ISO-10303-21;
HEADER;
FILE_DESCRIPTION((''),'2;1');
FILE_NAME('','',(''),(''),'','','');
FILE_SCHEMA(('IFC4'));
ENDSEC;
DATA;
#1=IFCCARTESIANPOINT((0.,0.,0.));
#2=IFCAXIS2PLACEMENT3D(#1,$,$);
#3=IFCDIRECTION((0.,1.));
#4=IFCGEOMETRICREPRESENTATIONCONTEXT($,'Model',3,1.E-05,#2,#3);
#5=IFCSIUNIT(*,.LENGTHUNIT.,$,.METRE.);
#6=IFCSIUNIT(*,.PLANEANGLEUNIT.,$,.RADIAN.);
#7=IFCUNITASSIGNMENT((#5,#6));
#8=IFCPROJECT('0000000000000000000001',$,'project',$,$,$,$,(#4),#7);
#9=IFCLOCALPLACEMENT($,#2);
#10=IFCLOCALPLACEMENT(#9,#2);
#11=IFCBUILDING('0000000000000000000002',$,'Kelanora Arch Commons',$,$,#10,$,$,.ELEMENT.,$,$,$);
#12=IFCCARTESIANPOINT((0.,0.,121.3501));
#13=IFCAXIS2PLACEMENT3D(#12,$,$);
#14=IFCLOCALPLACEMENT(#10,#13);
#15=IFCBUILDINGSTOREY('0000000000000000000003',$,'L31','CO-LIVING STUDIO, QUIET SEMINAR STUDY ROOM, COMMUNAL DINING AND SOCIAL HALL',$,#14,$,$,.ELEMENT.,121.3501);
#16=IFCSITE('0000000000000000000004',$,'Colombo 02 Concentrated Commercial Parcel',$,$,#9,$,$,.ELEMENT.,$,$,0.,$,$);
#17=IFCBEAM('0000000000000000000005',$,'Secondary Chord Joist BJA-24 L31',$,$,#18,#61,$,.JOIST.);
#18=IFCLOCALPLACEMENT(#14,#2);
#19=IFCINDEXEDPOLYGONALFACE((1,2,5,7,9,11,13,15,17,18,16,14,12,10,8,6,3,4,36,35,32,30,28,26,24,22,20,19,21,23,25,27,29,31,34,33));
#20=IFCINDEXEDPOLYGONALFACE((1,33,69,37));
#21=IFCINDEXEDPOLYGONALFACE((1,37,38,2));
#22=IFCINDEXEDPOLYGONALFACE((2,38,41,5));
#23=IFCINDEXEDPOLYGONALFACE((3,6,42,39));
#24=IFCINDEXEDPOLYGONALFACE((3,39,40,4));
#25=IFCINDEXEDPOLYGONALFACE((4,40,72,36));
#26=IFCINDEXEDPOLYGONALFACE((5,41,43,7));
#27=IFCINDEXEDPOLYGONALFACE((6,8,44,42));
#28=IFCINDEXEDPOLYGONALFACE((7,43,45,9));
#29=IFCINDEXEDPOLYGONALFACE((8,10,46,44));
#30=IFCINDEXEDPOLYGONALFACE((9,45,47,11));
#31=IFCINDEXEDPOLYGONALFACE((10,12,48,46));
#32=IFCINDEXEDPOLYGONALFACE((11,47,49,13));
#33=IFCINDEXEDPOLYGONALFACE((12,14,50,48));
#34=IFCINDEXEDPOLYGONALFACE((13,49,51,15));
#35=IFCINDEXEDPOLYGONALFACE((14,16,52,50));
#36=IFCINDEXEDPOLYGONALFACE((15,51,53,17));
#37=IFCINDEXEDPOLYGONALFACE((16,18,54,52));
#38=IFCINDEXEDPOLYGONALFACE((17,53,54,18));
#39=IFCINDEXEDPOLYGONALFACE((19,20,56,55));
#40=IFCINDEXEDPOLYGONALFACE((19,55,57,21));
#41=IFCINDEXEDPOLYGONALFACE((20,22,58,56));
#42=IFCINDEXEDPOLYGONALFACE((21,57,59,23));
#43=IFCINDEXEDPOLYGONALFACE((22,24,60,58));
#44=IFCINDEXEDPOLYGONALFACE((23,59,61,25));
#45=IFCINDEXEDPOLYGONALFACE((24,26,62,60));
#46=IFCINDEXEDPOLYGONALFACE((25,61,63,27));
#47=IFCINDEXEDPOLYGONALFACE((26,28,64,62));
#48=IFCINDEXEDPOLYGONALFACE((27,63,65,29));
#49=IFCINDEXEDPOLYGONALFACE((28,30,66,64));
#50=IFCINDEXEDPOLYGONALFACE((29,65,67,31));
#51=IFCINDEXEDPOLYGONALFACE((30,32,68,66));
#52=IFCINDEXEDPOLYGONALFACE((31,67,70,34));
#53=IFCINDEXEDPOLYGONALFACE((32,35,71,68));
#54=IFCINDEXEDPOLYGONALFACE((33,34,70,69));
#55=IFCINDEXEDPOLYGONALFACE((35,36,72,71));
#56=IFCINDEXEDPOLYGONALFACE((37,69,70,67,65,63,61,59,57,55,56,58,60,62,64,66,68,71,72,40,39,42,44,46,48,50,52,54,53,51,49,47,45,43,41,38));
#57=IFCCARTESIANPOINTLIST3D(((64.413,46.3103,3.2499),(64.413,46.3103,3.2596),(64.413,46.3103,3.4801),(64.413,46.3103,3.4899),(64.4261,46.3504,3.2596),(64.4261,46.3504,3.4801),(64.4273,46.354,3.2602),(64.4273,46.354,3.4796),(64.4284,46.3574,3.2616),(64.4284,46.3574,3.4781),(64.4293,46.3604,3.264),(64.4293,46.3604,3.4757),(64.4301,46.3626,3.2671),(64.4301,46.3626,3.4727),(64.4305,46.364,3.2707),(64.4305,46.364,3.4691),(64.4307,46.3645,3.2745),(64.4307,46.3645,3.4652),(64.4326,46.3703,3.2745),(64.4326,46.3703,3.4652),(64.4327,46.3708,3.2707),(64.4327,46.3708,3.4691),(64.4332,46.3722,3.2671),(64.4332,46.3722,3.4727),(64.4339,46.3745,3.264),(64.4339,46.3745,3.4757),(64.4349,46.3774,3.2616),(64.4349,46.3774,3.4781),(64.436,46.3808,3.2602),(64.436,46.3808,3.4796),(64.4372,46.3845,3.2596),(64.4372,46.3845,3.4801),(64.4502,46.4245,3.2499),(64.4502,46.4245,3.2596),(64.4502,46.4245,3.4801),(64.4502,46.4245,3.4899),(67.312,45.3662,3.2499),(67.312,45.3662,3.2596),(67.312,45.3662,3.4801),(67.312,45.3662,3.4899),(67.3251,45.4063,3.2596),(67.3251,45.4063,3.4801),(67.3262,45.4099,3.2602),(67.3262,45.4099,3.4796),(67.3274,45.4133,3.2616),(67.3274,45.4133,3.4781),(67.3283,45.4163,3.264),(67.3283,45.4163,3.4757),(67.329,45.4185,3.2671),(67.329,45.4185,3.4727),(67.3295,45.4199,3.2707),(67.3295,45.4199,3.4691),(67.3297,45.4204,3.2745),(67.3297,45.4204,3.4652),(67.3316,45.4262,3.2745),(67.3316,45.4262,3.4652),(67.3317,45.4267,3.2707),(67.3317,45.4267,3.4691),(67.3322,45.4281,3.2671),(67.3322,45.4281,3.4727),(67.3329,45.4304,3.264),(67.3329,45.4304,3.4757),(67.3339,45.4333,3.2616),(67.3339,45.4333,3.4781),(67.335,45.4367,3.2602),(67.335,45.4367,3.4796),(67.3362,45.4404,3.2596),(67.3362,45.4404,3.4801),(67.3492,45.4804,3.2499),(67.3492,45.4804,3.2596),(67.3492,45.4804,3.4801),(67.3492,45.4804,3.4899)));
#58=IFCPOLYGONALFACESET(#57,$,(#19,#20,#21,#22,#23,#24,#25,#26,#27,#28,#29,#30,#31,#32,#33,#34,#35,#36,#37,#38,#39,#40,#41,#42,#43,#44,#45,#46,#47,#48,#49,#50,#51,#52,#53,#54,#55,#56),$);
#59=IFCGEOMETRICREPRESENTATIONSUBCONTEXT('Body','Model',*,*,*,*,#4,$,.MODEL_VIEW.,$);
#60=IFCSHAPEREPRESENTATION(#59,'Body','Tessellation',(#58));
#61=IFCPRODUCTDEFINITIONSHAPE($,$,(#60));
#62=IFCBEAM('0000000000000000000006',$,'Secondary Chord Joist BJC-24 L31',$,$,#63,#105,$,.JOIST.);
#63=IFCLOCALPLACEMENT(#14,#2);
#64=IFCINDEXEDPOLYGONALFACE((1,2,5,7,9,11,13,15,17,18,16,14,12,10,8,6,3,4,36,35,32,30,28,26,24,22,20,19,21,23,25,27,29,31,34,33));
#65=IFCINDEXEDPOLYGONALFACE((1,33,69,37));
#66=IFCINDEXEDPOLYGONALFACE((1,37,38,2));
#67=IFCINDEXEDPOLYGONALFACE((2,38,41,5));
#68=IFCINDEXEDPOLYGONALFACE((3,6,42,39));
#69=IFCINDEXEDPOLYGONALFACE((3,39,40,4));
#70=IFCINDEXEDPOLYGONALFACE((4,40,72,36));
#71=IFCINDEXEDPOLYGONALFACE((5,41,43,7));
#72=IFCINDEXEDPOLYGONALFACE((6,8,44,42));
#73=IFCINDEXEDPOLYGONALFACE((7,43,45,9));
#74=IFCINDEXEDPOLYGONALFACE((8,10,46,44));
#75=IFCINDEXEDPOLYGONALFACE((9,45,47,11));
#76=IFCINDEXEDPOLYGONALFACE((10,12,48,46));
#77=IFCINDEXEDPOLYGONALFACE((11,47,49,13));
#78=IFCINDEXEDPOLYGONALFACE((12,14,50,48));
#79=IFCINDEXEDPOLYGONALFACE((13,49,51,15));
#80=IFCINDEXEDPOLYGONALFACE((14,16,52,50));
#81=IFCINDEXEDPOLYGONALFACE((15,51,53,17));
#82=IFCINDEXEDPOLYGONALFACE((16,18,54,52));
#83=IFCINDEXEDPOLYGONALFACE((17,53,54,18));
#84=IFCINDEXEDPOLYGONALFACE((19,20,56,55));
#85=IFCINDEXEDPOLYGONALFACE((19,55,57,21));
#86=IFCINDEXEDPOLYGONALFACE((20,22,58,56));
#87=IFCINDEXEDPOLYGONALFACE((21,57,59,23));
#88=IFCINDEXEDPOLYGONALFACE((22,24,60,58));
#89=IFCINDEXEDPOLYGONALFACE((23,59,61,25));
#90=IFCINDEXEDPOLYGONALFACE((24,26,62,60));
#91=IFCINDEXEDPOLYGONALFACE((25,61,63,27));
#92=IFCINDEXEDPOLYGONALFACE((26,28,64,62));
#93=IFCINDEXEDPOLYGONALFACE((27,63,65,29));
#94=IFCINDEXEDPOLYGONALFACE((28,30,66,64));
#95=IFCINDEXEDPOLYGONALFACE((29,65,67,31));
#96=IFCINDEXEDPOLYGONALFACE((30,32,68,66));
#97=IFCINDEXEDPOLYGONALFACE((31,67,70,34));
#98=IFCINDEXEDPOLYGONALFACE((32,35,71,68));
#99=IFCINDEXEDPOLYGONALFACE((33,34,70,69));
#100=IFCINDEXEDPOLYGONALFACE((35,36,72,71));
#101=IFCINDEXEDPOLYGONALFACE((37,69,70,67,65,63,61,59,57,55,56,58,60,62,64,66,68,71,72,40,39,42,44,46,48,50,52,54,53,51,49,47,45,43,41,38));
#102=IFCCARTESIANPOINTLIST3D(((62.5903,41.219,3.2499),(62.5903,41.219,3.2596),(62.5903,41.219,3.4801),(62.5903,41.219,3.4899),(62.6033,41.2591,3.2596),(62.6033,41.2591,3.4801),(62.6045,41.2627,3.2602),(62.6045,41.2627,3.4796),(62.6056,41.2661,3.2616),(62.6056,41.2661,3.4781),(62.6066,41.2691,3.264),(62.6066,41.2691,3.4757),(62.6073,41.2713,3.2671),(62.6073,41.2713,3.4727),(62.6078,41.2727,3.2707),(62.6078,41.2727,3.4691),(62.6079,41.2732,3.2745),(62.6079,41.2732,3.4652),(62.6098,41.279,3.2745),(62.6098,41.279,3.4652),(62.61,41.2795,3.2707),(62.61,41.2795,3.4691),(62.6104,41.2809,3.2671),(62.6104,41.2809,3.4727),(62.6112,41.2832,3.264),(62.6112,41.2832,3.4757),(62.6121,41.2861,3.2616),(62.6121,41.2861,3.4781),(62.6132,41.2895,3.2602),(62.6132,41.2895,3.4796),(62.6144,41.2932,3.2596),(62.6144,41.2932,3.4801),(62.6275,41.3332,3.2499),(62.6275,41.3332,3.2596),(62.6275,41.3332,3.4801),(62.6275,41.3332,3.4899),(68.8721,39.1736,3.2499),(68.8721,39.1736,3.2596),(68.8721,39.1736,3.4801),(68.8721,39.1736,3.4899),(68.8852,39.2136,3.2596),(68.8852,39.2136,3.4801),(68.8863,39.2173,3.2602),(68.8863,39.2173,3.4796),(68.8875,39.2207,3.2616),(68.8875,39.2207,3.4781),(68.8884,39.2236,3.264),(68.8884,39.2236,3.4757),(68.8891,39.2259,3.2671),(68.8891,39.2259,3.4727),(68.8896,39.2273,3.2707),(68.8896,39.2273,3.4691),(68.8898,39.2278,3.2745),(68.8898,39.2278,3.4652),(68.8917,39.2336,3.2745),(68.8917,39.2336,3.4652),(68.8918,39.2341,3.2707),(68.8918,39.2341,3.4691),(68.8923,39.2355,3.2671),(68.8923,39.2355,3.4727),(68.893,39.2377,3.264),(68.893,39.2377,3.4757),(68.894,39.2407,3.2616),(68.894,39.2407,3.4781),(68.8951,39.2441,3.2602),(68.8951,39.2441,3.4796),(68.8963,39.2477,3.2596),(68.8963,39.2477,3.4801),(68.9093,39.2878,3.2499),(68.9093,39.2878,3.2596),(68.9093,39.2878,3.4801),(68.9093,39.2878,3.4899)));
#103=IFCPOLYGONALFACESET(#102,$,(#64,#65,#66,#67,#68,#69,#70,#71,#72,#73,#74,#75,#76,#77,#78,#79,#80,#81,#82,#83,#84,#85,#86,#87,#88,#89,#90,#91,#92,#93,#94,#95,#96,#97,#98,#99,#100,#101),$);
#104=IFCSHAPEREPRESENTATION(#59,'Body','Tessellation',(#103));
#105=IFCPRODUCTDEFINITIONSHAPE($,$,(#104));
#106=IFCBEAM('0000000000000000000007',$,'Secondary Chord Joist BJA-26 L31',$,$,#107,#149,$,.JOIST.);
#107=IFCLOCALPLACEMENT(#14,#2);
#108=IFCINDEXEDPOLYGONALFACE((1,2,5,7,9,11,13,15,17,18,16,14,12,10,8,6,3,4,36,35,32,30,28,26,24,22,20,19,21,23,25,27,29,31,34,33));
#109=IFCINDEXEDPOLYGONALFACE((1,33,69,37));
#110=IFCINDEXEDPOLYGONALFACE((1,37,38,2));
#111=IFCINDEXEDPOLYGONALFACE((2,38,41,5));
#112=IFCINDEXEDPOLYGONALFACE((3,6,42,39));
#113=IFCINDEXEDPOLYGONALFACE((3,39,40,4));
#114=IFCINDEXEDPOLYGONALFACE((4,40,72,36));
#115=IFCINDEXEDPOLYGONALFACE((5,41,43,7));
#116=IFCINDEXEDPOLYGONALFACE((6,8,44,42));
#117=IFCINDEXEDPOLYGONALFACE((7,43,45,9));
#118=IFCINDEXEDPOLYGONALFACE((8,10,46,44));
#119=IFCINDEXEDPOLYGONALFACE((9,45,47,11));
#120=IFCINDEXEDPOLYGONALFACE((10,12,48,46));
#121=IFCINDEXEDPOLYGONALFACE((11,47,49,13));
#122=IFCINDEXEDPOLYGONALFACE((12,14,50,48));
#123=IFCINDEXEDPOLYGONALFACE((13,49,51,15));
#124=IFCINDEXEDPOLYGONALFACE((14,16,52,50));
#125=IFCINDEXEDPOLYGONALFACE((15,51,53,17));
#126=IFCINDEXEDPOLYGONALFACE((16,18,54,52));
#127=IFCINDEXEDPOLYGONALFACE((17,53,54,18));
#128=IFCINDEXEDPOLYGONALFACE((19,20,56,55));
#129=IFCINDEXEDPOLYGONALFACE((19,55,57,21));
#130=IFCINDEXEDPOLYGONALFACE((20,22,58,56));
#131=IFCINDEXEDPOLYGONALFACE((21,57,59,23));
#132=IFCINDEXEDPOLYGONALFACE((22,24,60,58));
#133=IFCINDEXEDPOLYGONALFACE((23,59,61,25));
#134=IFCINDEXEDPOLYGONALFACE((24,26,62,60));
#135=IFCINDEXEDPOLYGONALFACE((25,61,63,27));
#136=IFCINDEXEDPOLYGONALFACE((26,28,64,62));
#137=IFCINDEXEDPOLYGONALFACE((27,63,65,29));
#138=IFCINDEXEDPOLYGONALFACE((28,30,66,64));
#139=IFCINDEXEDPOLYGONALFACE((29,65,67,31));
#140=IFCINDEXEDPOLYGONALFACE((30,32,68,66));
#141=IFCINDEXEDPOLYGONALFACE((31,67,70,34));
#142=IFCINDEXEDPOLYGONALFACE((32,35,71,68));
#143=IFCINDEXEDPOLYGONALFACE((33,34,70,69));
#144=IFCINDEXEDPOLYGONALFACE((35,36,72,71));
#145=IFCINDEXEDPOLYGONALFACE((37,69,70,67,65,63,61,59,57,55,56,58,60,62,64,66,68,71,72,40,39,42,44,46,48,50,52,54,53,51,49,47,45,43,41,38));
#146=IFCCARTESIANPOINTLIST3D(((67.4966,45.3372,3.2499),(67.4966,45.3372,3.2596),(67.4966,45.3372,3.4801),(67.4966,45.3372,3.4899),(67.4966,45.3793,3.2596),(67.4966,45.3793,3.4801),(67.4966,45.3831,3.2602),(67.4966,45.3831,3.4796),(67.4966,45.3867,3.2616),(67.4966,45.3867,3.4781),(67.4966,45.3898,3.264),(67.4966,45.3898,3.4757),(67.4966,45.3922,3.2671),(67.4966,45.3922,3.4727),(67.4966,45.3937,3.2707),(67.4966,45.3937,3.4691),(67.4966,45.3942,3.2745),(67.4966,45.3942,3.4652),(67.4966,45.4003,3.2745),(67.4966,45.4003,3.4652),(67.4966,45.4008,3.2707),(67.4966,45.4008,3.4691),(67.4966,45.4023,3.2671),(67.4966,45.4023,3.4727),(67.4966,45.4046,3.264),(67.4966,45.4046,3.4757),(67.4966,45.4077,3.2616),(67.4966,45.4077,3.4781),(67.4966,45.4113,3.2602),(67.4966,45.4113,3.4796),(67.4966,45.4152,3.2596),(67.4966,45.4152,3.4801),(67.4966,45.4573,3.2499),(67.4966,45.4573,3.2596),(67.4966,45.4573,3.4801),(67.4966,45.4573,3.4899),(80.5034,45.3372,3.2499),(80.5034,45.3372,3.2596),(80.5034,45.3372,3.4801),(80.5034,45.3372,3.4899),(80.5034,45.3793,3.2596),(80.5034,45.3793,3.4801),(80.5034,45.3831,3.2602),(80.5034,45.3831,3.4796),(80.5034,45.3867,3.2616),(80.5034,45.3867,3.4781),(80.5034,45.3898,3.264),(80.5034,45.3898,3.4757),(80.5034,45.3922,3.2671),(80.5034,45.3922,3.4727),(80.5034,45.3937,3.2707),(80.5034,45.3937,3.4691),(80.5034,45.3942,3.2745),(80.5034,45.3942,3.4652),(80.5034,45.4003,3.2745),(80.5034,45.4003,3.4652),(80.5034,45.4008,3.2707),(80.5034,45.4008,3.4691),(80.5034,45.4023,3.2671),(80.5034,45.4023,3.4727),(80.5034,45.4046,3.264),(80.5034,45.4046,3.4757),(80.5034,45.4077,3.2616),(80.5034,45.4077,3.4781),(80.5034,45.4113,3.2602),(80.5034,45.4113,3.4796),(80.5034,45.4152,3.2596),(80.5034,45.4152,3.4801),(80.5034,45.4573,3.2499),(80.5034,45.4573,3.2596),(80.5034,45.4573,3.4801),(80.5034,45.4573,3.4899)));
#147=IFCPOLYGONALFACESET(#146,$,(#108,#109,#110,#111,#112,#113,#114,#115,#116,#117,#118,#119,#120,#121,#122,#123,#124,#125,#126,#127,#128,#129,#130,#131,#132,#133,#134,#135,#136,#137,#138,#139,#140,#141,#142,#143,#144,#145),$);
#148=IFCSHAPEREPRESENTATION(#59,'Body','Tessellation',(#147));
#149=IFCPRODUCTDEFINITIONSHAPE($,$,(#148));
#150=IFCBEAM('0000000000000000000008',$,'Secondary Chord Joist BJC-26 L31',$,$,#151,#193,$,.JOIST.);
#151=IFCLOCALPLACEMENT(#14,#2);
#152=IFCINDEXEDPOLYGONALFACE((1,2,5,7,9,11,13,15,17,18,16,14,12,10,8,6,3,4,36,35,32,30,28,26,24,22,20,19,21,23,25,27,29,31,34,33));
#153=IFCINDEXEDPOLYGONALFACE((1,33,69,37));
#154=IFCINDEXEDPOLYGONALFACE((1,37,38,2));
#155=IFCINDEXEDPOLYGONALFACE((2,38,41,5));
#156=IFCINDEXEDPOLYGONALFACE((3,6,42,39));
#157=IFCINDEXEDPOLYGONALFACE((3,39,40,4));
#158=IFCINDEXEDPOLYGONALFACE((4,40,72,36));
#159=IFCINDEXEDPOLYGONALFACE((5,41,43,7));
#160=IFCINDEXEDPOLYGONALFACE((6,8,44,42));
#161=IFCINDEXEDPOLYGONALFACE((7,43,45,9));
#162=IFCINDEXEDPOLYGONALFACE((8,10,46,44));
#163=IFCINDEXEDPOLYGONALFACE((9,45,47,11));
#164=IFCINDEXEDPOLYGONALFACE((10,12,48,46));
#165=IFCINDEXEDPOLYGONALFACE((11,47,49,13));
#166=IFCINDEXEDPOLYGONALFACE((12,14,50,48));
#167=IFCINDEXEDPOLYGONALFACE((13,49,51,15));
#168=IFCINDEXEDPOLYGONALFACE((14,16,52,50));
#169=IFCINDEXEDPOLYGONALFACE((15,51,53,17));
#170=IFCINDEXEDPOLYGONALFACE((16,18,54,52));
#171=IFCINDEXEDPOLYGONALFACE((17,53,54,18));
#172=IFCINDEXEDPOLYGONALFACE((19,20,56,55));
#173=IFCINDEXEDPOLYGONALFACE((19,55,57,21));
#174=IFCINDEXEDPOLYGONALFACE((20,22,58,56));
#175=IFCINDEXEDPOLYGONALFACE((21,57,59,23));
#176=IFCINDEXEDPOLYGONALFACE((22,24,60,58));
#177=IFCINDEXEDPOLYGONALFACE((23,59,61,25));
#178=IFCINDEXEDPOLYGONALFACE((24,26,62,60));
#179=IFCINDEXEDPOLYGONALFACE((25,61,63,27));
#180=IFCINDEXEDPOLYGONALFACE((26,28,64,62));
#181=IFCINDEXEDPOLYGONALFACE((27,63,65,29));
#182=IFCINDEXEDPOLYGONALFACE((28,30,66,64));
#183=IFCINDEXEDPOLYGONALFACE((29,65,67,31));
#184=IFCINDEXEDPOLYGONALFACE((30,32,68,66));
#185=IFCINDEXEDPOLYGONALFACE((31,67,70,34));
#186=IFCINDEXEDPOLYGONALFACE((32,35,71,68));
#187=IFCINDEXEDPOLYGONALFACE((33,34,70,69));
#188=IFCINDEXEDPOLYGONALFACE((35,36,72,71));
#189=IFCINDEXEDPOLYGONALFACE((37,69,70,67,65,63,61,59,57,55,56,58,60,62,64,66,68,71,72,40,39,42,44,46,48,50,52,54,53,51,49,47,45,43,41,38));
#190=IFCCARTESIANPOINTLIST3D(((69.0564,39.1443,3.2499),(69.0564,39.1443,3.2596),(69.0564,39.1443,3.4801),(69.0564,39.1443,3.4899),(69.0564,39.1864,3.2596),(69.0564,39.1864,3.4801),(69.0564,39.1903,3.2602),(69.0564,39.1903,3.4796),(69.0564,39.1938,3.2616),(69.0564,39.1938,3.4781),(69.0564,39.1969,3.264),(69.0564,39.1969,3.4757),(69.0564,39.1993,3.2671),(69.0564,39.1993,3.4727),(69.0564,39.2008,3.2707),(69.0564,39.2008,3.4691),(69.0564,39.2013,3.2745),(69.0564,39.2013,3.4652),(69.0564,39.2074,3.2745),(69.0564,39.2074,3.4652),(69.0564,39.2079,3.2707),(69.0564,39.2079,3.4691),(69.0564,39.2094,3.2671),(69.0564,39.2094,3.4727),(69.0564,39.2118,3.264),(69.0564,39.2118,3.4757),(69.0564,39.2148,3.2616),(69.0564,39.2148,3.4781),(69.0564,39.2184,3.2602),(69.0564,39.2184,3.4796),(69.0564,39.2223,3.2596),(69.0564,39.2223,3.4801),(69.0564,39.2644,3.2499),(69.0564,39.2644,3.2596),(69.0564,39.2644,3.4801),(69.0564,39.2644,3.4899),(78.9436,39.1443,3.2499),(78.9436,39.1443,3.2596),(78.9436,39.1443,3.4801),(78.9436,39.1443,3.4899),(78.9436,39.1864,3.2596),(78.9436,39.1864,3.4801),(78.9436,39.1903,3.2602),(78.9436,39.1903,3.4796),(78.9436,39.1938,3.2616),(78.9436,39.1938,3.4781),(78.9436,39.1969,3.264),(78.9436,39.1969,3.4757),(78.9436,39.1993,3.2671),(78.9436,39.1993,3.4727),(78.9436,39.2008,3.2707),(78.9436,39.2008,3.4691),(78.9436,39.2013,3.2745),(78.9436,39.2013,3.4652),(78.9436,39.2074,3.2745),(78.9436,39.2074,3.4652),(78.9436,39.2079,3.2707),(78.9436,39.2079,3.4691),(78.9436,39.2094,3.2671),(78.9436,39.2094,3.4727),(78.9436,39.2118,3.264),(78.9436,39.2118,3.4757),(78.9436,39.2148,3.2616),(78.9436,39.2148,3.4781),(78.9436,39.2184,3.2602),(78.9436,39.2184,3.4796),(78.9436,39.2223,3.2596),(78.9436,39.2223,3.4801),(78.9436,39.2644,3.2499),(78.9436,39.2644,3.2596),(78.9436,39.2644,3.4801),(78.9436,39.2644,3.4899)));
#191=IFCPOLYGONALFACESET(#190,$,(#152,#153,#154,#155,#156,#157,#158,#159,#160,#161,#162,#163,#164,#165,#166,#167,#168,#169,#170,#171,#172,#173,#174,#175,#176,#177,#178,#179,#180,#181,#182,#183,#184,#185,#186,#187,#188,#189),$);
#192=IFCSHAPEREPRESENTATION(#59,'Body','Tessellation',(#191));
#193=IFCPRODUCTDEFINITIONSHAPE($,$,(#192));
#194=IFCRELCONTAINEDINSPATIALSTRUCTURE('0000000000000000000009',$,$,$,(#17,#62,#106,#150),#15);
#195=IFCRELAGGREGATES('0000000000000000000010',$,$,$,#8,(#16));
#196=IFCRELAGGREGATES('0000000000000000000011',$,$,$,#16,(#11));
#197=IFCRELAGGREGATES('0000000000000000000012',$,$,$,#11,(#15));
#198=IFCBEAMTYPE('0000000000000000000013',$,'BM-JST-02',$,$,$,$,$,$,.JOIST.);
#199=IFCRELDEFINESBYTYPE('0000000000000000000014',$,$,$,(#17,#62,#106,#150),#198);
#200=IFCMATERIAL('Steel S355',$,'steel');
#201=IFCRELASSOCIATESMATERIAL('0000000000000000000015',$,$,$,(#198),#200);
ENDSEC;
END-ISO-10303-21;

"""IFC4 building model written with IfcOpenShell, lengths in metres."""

from ifc_helpers import new_model, si_unit, direction, frame, origin, origin_2d, place, context, subcontext, project, spatial, i_section, extrude, material, material_profile, profile_set, type_object, element, save


model = new_model("IFC4")

# Units and contexts
model_context = context("Model", 3, precision=1e-05, world=origin(), true_north=direction((0.0, 1.0)))
body_context = subcontext(model_context, "Body", "Model", "MODEL_VIEW")
ifc_project = project(units=[si_unit("LENGTHUNIT", "METRE"), si_unit("PLANEANGLEUNIT", "RADIAN")], contexts=[model_context])

# Site, building, storey
site_placement = place(None, origin())
site = spatial("IfcSite", under=ifc_project, at=site_placement, Name="Colombo 02 Concentrated Commercial Parcel", CompositionType="ELEMENT", RefElevation=0.0)
building_placement = place(site_placement, origin())
building = spatial("IfcBuilding", under=site, at=building_placement, Name="Kelanora Arch Commons", CompositionType="ELEMENT")
storey_placement = place(building_placement, frame((0.0, 0.0, 121.3501)))
storey = spatial("IfcBuildingStorey", under=building, at=storey_placement, Name="L31", Description="CO-LIVING STUDIO, QUIET SEMINAR STUDY ROOM, COMMUNAL DINING AND SOCIAL HALL", CompositionType="ELEMENT", Elevation=121.3501)

# Beams
ifc_material_1 = material(Name="Steel S355", Category="steel")
ifc_material_profile_1 = material_profile(ifc_material_1, i_section(OverallWidth=0.1201, OverallDepth=0.24, WebThickness=0.0061, FlangeThickness=0.0098, FilletRadius=0.0149, at=origin_2d()), Name="IPE240")
ifc_profile_set_1 = profile_set([ifc_material_profile_1], Name="Steel S355")
beam_type_1 = type_object("IfcBeamType", Name="BM-JST-02", PredefinedType="JOIST", material=ifc_profile_set_1)
beam_1_placement = place(storey_placement, frame((64.4316, 46.3674, 3.3699), z_axis=(0.950847, -0.309662, 0.0), x_axis=(0.309662, 0.950847, 0.0)))
element("IfcBeam", 1, at=beam_1_placement, inside=storey, type_object=beam_type_1, Name="Secondary Chord Joist BJA-24 L31", PredefinedType="JOIST", context=body_context, shape_type="SweptSolid", body=[
    extrude(i_section(OverallWidth=0.1201, OverallDepth=0.24, WebThickness=0.0061, FlangeThickness=0.0098, FilletRadius=0.0149, at=origin_2d()), origin(), (0.0, 0.0, 1.0), 3.0488),
])
beam_2_placement = place(storey_placement, frame((62.6089, 41.2761, 3.3699), z_axis=(0.950863, -0.309612, 0.0), x_axis=(0.309612, 0.950863, 0.0)))
element("IfcBeam", 2, at=beam_2_placement, inside=storey, type_object=beam_type_1, Name="Secondary Chord Joist BJC-24 L31", PredefinedType="JOIST", context=body_context, shape_type="SweptSolid", body=[
    extrude(i_section(OverallWidth=0.1201, OverallDepth=0.24, WebThickness=0.0061, FlangeThickness=0.0098, FilletRadius=0.0149, at=origin_2d()), origin(), (0.0, 0.0, 1.0), 6.6064),
])
beam_3_placement = place(storey_placement, frame((67.4966, 45.3972, 3.3699), z_axis=(1.0, 0.0, 0.0), x_axis=(0.0, 1.0, 0.0)))
element("IfcBeam", 3, at=beam_3_placement, inside=storey, type_object=beam_type_1, Name="Secondary Chord Joist BJA-26 L31", PredefinedType="JOIST", context=body_context, shape_type="SweptSolid", body=[
    extrude(i_section(OverallWidth=0.1201, OverallDepth=0.24, WebThickness=0.0061, FlangeThickness=0.0098, FilletRadius=0.0149, at=origin_2d()), origin(), (0.0, 0.0, 1.0), 13.0068),
])
beam_4_placement = place(storey_placement, frame((69.0564, 39.2043, 3.3699), z_axis=(1.0, 0.0, 0.0), x_axis=(0.0, 1.0, 0.0)))
element("IfcBeam", 4, at=beam_4_placement, inside=storey, type_object=beam_type_1, Name="Secondary Chord Joist BJC-26 L31", PredefinedType="JOIST", context=body_context, shape_type="SweptSolid", body=[
    extrude(i_section(OverallWidth=0.1201, OverallDepth=0.24, WebThickness=0.0061, FlangeThickness=0.0098, FilletRadius=0.0149, at=origin_2d()), origin(), (0.0, 0.0, 1.0), 9.8872),
])

save(model, "model.ifc")
